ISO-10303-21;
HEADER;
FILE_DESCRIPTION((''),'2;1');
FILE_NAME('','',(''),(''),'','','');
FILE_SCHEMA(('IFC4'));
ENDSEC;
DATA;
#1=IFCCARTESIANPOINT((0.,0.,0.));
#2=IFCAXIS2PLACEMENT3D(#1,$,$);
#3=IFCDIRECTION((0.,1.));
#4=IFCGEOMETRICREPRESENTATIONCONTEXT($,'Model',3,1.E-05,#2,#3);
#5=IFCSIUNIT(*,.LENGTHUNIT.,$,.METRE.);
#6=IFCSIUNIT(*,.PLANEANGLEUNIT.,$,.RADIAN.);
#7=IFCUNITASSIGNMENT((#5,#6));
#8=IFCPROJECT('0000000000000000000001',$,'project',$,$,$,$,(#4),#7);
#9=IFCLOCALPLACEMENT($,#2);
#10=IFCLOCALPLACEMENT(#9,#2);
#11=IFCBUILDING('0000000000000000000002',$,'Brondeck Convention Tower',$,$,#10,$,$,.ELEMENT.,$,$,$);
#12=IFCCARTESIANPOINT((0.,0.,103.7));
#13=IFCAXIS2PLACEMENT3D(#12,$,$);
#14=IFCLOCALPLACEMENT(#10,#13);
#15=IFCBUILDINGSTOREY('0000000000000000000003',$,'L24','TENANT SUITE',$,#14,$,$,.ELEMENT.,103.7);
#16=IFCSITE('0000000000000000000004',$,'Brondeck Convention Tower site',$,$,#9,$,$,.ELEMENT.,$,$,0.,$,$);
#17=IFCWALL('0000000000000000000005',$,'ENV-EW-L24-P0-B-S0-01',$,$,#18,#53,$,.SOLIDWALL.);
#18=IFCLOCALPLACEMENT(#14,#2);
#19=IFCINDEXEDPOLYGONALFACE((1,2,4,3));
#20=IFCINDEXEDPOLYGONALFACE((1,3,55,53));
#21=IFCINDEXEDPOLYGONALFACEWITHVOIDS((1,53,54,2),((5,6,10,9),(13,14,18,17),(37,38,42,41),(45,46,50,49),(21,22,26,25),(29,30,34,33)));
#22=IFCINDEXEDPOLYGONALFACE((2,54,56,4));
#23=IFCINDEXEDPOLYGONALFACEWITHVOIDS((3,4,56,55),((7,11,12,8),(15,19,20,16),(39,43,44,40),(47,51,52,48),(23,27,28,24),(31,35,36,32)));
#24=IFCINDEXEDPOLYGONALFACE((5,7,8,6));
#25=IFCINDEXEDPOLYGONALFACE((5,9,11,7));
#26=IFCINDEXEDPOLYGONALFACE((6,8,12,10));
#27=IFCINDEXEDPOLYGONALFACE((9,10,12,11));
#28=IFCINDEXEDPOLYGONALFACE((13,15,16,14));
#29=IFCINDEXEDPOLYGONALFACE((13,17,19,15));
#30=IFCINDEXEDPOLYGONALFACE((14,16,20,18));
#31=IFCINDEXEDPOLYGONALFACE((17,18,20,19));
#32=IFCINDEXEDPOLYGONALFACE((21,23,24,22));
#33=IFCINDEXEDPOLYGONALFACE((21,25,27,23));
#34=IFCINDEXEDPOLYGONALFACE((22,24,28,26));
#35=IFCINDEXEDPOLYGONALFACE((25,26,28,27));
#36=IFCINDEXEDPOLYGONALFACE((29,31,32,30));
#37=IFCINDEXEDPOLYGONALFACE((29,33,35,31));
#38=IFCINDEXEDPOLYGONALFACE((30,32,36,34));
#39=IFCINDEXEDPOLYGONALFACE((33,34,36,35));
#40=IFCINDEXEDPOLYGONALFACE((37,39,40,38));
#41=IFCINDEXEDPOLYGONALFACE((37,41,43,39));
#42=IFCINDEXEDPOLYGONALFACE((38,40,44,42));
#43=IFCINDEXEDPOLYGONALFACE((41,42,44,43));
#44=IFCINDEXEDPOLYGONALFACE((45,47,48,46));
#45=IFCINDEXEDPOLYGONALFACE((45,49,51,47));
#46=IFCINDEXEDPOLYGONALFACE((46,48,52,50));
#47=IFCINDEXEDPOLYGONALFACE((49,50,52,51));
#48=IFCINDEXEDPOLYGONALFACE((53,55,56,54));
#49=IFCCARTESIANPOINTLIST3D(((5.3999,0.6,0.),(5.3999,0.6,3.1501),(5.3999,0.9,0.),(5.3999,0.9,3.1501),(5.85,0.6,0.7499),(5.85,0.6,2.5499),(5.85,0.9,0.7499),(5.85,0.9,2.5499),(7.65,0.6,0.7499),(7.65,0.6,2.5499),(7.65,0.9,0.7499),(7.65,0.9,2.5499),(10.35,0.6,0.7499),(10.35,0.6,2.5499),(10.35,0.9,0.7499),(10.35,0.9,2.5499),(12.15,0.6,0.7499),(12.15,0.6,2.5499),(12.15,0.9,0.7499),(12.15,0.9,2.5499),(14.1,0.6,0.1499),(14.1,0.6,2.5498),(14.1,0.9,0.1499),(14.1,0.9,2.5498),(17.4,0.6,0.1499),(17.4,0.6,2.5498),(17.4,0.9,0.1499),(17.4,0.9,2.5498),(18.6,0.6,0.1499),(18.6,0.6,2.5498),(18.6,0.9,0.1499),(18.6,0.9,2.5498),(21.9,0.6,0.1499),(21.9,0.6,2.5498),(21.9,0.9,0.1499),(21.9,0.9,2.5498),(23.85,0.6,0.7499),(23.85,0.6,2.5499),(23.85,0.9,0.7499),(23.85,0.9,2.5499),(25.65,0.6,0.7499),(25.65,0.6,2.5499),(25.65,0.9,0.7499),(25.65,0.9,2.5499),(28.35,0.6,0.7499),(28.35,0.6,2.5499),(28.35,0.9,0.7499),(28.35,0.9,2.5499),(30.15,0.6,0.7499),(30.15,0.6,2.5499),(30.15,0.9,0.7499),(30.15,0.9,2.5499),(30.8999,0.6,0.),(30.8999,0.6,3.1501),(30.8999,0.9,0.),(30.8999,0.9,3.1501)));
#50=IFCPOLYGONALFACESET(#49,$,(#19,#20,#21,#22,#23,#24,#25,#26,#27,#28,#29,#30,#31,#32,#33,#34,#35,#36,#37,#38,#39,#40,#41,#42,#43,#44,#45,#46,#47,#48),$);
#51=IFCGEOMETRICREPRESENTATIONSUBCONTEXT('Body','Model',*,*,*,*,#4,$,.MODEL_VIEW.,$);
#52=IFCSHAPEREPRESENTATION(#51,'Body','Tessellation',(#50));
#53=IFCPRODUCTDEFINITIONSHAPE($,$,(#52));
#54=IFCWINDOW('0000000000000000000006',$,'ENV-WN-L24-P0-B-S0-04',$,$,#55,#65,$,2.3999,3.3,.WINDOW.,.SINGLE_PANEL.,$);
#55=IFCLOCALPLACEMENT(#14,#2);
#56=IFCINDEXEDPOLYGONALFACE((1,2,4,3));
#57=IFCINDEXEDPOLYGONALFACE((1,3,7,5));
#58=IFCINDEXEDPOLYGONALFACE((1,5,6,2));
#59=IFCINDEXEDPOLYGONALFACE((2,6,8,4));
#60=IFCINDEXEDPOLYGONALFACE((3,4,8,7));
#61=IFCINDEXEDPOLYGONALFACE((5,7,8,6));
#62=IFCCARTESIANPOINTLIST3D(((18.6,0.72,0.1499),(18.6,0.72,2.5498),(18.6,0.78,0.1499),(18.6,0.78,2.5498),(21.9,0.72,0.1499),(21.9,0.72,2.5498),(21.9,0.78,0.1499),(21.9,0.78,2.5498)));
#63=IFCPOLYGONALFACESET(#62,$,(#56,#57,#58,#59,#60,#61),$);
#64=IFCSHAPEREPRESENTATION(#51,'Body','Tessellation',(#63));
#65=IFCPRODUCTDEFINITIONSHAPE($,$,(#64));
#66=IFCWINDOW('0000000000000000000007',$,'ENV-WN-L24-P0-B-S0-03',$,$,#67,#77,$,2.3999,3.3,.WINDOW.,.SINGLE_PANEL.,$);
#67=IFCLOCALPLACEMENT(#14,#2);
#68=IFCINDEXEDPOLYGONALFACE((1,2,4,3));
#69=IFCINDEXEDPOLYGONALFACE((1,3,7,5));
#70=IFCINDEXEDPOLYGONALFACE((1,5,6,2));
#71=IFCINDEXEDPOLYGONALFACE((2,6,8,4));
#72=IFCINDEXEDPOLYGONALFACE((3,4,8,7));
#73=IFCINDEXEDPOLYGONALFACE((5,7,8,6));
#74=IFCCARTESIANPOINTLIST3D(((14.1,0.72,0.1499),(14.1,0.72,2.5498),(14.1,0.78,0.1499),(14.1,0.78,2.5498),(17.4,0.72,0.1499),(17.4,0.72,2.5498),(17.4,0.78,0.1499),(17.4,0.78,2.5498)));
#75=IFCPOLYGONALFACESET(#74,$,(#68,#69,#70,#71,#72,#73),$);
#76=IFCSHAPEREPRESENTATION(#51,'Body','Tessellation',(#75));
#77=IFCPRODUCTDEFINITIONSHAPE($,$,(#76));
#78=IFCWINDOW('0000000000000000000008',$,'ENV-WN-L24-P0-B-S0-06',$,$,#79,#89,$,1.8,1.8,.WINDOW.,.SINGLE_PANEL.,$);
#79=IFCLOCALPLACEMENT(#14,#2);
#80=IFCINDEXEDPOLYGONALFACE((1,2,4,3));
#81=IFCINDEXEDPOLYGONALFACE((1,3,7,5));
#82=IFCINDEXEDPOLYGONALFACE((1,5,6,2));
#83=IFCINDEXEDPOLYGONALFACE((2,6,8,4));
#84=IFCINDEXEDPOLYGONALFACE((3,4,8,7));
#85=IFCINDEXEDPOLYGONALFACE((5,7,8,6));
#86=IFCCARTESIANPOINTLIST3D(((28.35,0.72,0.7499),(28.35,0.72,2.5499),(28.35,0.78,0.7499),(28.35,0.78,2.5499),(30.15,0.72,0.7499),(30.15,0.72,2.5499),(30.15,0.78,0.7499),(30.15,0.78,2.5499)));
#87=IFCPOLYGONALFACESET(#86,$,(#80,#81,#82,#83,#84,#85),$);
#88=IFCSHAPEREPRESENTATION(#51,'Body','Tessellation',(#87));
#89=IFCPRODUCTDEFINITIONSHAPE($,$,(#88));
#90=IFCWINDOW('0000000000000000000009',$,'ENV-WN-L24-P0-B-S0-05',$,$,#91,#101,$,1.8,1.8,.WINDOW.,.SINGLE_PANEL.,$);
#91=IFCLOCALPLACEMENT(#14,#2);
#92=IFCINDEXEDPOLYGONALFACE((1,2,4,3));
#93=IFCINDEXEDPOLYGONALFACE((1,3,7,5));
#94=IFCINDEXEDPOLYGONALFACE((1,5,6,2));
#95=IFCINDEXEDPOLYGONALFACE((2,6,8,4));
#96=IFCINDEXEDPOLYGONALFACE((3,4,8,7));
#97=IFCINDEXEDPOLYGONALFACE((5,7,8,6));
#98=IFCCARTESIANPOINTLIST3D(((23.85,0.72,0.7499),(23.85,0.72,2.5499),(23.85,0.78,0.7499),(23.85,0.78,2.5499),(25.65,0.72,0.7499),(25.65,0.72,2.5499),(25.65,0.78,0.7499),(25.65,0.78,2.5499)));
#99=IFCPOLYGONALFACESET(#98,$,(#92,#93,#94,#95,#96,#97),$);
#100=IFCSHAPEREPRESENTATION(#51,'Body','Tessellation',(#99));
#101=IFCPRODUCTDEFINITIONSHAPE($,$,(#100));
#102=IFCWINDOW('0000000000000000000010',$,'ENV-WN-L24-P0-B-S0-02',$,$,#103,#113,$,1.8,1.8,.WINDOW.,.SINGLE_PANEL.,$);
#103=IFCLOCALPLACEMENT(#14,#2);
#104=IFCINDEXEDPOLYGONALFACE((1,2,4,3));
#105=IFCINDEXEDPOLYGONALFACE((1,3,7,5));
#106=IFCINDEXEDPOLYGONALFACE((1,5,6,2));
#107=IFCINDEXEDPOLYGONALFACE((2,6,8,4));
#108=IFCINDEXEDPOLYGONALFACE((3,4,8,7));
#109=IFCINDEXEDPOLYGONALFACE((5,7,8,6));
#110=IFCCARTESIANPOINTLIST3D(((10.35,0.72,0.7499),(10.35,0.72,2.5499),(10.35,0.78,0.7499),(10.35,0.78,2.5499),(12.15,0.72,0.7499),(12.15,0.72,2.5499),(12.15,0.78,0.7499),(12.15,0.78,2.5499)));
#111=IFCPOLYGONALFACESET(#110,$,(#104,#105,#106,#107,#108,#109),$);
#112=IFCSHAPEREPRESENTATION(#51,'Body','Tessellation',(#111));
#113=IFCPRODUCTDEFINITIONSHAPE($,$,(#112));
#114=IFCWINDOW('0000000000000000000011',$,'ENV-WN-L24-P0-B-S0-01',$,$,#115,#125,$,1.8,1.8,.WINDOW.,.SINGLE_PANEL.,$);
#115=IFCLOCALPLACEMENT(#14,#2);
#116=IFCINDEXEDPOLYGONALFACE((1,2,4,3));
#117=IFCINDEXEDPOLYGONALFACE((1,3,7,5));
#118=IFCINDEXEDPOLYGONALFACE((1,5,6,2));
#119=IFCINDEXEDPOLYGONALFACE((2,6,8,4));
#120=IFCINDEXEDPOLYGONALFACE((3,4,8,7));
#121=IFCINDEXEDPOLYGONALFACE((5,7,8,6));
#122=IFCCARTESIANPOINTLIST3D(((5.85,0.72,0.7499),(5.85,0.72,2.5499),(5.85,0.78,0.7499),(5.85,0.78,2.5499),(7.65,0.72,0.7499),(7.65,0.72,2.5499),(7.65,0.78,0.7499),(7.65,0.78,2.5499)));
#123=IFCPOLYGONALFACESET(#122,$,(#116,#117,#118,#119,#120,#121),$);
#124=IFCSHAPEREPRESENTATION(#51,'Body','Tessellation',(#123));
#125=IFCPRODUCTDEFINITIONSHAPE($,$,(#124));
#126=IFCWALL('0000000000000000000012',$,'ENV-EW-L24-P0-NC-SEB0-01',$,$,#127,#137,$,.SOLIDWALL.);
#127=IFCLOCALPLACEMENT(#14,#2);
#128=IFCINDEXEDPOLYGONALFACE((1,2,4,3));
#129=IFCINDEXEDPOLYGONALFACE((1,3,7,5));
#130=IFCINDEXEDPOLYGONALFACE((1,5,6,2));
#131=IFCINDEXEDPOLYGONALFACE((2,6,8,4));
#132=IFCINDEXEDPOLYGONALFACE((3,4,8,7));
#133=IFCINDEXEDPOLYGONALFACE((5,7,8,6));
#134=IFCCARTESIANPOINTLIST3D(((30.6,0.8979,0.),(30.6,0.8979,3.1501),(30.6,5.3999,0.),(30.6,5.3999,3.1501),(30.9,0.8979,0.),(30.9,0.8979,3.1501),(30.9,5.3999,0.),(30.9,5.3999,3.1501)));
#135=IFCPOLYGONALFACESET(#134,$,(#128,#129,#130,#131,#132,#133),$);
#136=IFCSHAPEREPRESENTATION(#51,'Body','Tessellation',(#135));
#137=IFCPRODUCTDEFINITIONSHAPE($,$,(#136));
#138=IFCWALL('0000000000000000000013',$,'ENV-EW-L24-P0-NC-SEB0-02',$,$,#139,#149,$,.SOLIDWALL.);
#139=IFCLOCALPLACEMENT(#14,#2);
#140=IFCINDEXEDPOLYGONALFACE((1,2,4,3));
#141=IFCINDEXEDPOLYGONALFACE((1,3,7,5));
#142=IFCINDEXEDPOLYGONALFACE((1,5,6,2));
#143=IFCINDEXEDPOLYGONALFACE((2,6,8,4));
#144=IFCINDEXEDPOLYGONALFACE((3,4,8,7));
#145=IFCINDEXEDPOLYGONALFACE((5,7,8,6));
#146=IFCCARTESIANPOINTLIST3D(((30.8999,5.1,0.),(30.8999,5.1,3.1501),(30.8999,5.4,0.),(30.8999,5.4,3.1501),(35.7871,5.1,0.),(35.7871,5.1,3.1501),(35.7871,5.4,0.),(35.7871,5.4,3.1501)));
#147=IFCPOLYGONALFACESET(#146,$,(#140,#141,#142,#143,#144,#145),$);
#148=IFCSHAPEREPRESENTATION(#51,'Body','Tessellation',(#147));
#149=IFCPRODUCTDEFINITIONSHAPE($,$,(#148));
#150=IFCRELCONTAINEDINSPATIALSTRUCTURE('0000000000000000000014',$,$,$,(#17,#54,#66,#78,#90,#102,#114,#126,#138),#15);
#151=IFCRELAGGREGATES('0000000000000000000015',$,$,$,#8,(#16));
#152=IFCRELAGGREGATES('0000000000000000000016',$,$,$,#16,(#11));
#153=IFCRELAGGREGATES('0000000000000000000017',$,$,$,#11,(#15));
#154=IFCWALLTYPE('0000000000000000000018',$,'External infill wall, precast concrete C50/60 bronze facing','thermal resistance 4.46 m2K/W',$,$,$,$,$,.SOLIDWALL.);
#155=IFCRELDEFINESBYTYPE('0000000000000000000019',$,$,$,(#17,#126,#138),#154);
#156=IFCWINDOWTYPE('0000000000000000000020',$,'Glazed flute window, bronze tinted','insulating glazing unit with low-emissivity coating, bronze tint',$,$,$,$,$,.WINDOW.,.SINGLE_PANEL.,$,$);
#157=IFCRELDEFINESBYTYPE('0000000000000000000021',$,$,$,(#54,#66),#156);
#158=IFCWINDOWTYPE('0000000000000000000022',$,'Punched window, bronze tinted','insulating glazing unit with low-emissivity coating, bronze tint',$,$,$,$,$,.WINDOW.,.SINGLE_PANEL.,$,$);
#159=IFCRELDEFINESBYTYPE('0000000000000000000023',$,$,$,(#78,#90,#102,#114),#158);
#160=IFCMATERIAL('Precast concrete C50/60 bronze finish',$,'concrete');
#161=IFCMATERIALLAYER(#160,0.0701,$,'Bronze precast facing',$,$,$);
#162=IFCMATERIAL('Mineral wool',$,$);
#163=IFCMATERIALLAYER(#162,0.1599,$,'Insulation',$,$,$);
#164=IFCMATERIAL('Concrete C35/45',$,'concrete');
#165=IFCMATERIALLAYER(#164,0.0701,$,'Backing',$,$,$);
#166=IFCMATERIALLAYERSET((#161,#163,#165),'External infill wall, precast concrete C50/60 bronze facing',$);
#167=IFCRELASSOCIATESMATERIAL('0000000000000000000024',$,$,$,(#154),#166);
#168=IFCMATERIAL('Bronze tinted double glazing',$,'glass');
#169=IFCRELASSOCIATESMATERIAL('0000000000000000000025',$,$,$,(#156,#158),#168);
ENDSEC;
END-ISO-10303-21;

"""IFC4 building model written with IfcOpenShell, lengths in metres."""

from ifc_helpers import new_model, si_unit, direction, frame, frame_2d, origin, place, context, subcontext, project, spatial, rectangle, extrude, material, layer, layer_set, type_object, element, fill, save


model = new_model("IFC4")

# Units and contexts
model_context = context("Model", 3, precision=1e-05, world=origin(), true_north=direction((0.0, 1.0)))
body_context = subcontext(model_context, "Body", "Model", "MODEL_VIEW")
ifc_project = project(units=[si_unit("LENGTHUNIT", "METRE"), si_unit("PLANEANGLEUNIT", "RADIAN")], contexts=[model_context])

# Site, building, storey
site_placement = place(None, origin())
site = spatial("IfcSite", under=ifc_project, at=site_placement, Name="Brondeck Convention Tower site", CompositionType="ELEMENT", RefElevation=0.0)
building_placement = place(site_placement, origin())
building = spatial("IfcBuilding", under=site, at=building_placement, Name="Brondeck Convention Tower", CompositionType="ELEMENT")
storey_placement = place(building_placement, frame((0.0, 0.0, 103.7)))
storey = spatial("IfcBuildingStorey", under=building, at=storey_placement, Name="L24", Description="TENANT SUITE", CompositionType="ELEMENT", Elevation=103.7)

# Wall, openings, windows
ifc_material_1 = material(Name="Precast concrete C50/60 bronze finish", Category="concrete")
ifc_layer_1 = layer(ifc_material_1, 0.0701, Name="Bronze precast facing")
ifc_material_2 = material(Name="Mineral wool")
ifc_layer_2 = layer(ifc_material_2, 0.1599, Name="Insulation")
ifc_material_3 = material(Name="Concrete C35/45", Category="concrete")
ifc_layer_3 = layer(ifc_material_3, 0.0701, Name="Backing")
ifc_layer_set = layer_set([ifc_layer_1, ifc_layer_2, ifc_layer_3], Name="External infill wall, precast concrete C50/60 bronze facing")
wall_type = type_object("IfcWallType", Name="External infill wall, precast concrete C50/60 bronze facing", Description="thermal resistance 4.46 m2K/W", PredefinedType="SOLIDWALL", material=ifc_layer_set)
wall_1_placement = place(storey_placement, frame((30.8999, 0.75, 0.0), z_axis=(0.0, 0.0, 1.0), x_axis=(-1.0, 0.0, 0.0)))
wall_1 = element("IfcWall", 1, at=wall_1_placement, inside=storey, type_object=wall_type, Name="ENV-EW-L24-P0-B-S0-01", PredefinedType="SOLIDWALL", context=body_context, shape_type="SweptSolid", body=[
    extrude(rectangle(XDim=25.5, YDim=0.3, at=frame_2d((12.75, 0.0))), origin(), (0.0, 0.0, 1.0), 3.1501),
])
opening_1_placement = place(wall_1_placement, frame((0.75, 0.0, 0.75)))
opening_1 = element("IfcOpeningElement", 2, at=opening_1_placement, cuts=wall_1, PredefinedType="OPENING", context=body_context, shape_type="SweptSolid", body=[
    extrude(rectangle(XDim=1.8, YDim=1.8, at=frame_2d((0.8999, 0.8999))), frame((0.0, 0.1599, 0.0), z_axis=(0.0, -1.0, 0.0), x_axis=(1.0, 0.0, 0.0)), (0.0, 0.0, 1.0), 0.3201),
])
opening_2_placement = place(wall_1_placement, frame((5.25, 0.0, 0.75)))
opening_2 = element("IfcOpeningElement", 3, at=opening_2_placement, cuts=wall_1, PredefinedType="OPENING", context=body_context, shape_type="SweptSolid", body=[
    extrude(rectangle(XDim=1.8, YDim=1.8, at=frame_2d((0.8999, 0.8999))), frame((0.0, 0.1599, 0.0), z_axis=(0.0, -1.0, 0.0), x_axis=(1.0, 0.0, 0.0)), (0.0, 0.0, 1.0), 0.3201),
])
opening_3_placement = place(wall_1_placement, frame((9.0, 0.0, 0.1499)))
opening_3 = element("IfcOpeningElement", 4, at=opening_3_placement, cuts=wall_1, PredefinedType="OPENING", context=body_context, shape_type="SweptSolid", body=[
    extrude(rectangle(XDim=3.3, YDim=2.3999, at=frame_2d((1.6499, 1.2))), frame((0.0, 0.1599, 0.0), z_axis=(0.0, -1.0, 0.0), x_axis=(1.0, 0.0, 0.0)), (0.0, 0.0, 1.0), 0.3201),
])
opening_4_placement = place(wall_1_placement, frame((13.5, 0.0, 0.1499)))
opening_4 = element("IfcOpeningElement", 5, at=opening_4_placement, cuts=wall_1, PredefinedType="OPENING", context=body_context, shape_type="SweptSolid", body=[
    extrude(rectangle(XDim=3.3, YDim=2.3999, at=frame_2d((1.6499, 1.2))), frame((0.0, 0.1599, 0.0), z_axis=(0.0, -1.0, 0.0), x_axis=(1.0, 0.0, 0.0)), (0.0, 0.0, 1.0), 0.3201),
])
opening_5_placement = place(wall_1_placement, frame((18.75, 0.0, 0.75)))
opening_5 = element("IfcOpeningElement", 6, at=opening_5_placement, cuts=wall_1, PredefinedType="OPENING", context=body_context, shape_type="SweptSolid", body=[
    extrude(rectangle(XDim=1.8, YDim=1.8, at=frame_2d((0.8999, 0.8999))), frame((0.0, 0.1599, 0.0), z_axis=(0.0, -1.0, 0.0), x_axis=(1.0, 0.0, 0.0)), (0.0, 0.0, 1.0), 0.3201),
])
opening_6_placement = place(wall_1_placement, frame((23.25, 0.0, 0.75)))
opening_6 = element("IfcOpeningElement", 7, at=opening_6_placement, cuts=wall_1, PredefinedType="OPENING", context=body_context, shape_type="SweptSolid", body=[
    extrude(rectangle(XDim=1.8, YDim=1.8, at=frame_2d((0.8999, 0.8999))), frame((0.0, 0.1599, 0.0), z_axis=(0.0, -1.0, 0.0), x_axis=(1.0, 0.0, 0.0)), (0.0, 0.0, 1.0), 0.3201),
])
ifc_material_4 = material(Name="Bronze tinted double glazing", Category="glass")
window_type_1 = type_object("IfcWindowType", Name="Glazed flute window, bronze tinted", Description="insulating glazing unit with low-emissivity coating, bronze tint", PartitioningType="SINGLE_PANEL", PredefinedType="WINDOW", material=ifc_material_4)
window_1_placement = place(opening_3_placement, origin())
window_1 = element("IfcWindow", 8, at=window_1_placement, inside=storey, type_object=window_type_1, Name="ENV-WN-L24-P0-B-S0-04", OverallHeight=2.3999, OverallWidth=3.3, PartitioningType="SINGLE_PANEL", PredefinedType="WINDOW", context=body_context, shape_type="SweptSolid", body=[
    extrude(rectangle(XDim=3.3, YDim=2.3999, at=frame_2d((1.6499, 1.2))), frame((0.0, 0.03, 0.0), z_axis=(0.0, -1.0, 0.0), x_axis=(1.0, 0.0, 0.0)), (0.0, 0.0, 1.0), 0.0601),
])
fill(opening_3, window_1)
window_2_placement = place(opening_4_placement, origin())
window_2 = element("IfcWindow", 9, at=window_2_placement, inside=storey, type_object=window_type_1, Name="ENV-WN-L24-P0-B-S0-03", OverallHeight=2.3999, OverallWidth=3.3, PartitioningType="SINGLE_PANEL", PredefinedType="WINDOW", context=body_context, shape_type="SweptSolid", body=[
    extrude(rectangle(XDim=3.3, YDim=2.3999, at=frame_2d((1.6499, 1.2))), frame((0.0, 0.03, 0.0), z_axis=(0.0, -1.0, 0.0), x_axis=(1.0, 0.0, 0.0)), (0.0, 0.0, 1.0), 0.0601),
])
fill(opening_4, window_2)
window_type_2 = type_object("IfcWindowType", Name="Punched window, bronze tinted", Description="insulating glazing unit with low-emissivity coating, bronze tint", PartitioningType="SINGLE_PANEL", PredefinedType="WINDOW", material=ifc_material_4)
window_3_placement = place(opening_1_placement, origin())
window_3 = element("IfcWindow", 10, at=window_3_placement, inside=storey, type_object=window_type_2, Name="ENV-WN-L24-P0-B-S0-06", OverallHeight=1.8, OverallWidth=1.8, PartitioningType="SINGLE_PANEL", PredefinedType="WINDOW", context=body_context, shape_type="SweptSolid", body=[
    extrude(rectangle(XDim=1.8, YDim=1.8, at=frame_2d((0.8999, 0.8999))), frame((0.0, 0.03, 0.0), z_axis=(0.0, -1.0, 0.0), x_axis=(1.0, 0.0, 0.0)), (0.0, 0.0, 1.0), 0.0601),
])
fill(opening_1, window_3)
window_4_placement = place(opening_2_placement, origin())
window_4 = element("IfcWindow", 11, at=window_4_placement, inside=storey, type_object=window_type_2, Name="ENV-WN-L24-P0-B-S0-05", OverallHeight=1.8, OverallWidth=1.8, PartitioningType="SINGLE_PANEL", PredefinedType="WINDOW", context=body_context, shape_type="SweptSolid", body=[
    extrude(rectangle(XDim=1.8, YDim=1.8, at=frame_2d((0.8999, 0.8999))), frame((0.0, 0.03, 0.0), z_axis=(0.0, -1.0, 0.0), x_axis=(1.0, 0.0, 0.0)), (0.0, 0.0, 1.0), 0.0601),
])
fill(opening_2, window_4)
window_5_placement = place(opening_5_placement, origin())
window_5 = element("IfcWindow", 12, at=window_5_placement, inside=storey, type_object=window_type_2, Name="ENV-WN-L24-P0-B-S0-02", OverallHeight=1.8, OverallWidth=1.8, PartitioningType="SINGLE_PANEL", PredefinedType="WINDOW", context=body_context, shape_type="SweptSolid", body=[
    extrude(rectangle(XDim=1.8, YDim=1.8, at=frame_2d((0.8999, 0.8999))), frame((0.0, 0.03, 0.0), z_axis=(0.0, -1.0, 0.0), x_axis=(1.0, 0.0, 0.0)), (0.0, 0.0, 1.0), 0.0601),
])
fill(opening_5, window_5)
window_6_placement = place(opening_6_placement, origin())
window_6 = element("IfcWindow", 13, at=window_6_placement, inside=storey, type_object=window_type_2, Name="ENV-WN-L24-P0-B-S0-01", OverallHeight=1.8, OverallWidth=1.8, PartitioningType="SINGLE_PANEL", PredefinedType="WINDOW", context=body_context, shape_type="SweptSolid", body=[
    extrude(rectangle(XDim=1.8, YDim=1.8, at=frame_2d((0.8999, 0.8999))), frame((0.0, 0.03, 0.0), z_axis=(0.0, -1.0, 0.0), x_axis=(1.0, 0.0, 0.0)), (0.0, 0.0, 1.0), 0.0601),
])
fill(opening_6, window_6)

# Walls
wall_2_placement = place(storey_placement, frame((30.75, 5.3999, 0.0), z_axis=(0.0, 0.0, 1.0), x_axis=(0.0, -1.0, 0.0)))
element("IfcWall", 14, at=wall_2_placement, inside=storey, type_object=wall_type, Name="ENV-EW-L24-P0-NC-SEB0-01", PredefinedType="SOLIDWALL", context=body_context, shape_type="SweptSolid", body=[
    extrude(rectangle(XDim=4.502, YDim=0.3, at=frame_2d((2.251, 0.0))), origin(), (0.0, 0.0, 1.0), 3.1501),
])
wall_3_placement = place(storey_placement, frame((35.7871, 5.25, 0.0), z_axis=(0.0, 0.0, 1.0), x_axis=(-1.0, 0.0, 0.0)))
element("IfcWall", 15, at=wall_3_placement, inside=storey, type_object=wall_type, Name="ENV-EW-L24-P0-NC-SEB0-02", PredefinedType="SOLIDWALL", context=body_context, shape_type="SweptSolid", body=[
    extrude(rectangle(XDim=4.8872, YDim=0.3, at=frame_2d((2.4436, 0.0))), origin(), (0.0, 0.0, 1.0), 3.1501),
])

save(model, "model.ifc")
